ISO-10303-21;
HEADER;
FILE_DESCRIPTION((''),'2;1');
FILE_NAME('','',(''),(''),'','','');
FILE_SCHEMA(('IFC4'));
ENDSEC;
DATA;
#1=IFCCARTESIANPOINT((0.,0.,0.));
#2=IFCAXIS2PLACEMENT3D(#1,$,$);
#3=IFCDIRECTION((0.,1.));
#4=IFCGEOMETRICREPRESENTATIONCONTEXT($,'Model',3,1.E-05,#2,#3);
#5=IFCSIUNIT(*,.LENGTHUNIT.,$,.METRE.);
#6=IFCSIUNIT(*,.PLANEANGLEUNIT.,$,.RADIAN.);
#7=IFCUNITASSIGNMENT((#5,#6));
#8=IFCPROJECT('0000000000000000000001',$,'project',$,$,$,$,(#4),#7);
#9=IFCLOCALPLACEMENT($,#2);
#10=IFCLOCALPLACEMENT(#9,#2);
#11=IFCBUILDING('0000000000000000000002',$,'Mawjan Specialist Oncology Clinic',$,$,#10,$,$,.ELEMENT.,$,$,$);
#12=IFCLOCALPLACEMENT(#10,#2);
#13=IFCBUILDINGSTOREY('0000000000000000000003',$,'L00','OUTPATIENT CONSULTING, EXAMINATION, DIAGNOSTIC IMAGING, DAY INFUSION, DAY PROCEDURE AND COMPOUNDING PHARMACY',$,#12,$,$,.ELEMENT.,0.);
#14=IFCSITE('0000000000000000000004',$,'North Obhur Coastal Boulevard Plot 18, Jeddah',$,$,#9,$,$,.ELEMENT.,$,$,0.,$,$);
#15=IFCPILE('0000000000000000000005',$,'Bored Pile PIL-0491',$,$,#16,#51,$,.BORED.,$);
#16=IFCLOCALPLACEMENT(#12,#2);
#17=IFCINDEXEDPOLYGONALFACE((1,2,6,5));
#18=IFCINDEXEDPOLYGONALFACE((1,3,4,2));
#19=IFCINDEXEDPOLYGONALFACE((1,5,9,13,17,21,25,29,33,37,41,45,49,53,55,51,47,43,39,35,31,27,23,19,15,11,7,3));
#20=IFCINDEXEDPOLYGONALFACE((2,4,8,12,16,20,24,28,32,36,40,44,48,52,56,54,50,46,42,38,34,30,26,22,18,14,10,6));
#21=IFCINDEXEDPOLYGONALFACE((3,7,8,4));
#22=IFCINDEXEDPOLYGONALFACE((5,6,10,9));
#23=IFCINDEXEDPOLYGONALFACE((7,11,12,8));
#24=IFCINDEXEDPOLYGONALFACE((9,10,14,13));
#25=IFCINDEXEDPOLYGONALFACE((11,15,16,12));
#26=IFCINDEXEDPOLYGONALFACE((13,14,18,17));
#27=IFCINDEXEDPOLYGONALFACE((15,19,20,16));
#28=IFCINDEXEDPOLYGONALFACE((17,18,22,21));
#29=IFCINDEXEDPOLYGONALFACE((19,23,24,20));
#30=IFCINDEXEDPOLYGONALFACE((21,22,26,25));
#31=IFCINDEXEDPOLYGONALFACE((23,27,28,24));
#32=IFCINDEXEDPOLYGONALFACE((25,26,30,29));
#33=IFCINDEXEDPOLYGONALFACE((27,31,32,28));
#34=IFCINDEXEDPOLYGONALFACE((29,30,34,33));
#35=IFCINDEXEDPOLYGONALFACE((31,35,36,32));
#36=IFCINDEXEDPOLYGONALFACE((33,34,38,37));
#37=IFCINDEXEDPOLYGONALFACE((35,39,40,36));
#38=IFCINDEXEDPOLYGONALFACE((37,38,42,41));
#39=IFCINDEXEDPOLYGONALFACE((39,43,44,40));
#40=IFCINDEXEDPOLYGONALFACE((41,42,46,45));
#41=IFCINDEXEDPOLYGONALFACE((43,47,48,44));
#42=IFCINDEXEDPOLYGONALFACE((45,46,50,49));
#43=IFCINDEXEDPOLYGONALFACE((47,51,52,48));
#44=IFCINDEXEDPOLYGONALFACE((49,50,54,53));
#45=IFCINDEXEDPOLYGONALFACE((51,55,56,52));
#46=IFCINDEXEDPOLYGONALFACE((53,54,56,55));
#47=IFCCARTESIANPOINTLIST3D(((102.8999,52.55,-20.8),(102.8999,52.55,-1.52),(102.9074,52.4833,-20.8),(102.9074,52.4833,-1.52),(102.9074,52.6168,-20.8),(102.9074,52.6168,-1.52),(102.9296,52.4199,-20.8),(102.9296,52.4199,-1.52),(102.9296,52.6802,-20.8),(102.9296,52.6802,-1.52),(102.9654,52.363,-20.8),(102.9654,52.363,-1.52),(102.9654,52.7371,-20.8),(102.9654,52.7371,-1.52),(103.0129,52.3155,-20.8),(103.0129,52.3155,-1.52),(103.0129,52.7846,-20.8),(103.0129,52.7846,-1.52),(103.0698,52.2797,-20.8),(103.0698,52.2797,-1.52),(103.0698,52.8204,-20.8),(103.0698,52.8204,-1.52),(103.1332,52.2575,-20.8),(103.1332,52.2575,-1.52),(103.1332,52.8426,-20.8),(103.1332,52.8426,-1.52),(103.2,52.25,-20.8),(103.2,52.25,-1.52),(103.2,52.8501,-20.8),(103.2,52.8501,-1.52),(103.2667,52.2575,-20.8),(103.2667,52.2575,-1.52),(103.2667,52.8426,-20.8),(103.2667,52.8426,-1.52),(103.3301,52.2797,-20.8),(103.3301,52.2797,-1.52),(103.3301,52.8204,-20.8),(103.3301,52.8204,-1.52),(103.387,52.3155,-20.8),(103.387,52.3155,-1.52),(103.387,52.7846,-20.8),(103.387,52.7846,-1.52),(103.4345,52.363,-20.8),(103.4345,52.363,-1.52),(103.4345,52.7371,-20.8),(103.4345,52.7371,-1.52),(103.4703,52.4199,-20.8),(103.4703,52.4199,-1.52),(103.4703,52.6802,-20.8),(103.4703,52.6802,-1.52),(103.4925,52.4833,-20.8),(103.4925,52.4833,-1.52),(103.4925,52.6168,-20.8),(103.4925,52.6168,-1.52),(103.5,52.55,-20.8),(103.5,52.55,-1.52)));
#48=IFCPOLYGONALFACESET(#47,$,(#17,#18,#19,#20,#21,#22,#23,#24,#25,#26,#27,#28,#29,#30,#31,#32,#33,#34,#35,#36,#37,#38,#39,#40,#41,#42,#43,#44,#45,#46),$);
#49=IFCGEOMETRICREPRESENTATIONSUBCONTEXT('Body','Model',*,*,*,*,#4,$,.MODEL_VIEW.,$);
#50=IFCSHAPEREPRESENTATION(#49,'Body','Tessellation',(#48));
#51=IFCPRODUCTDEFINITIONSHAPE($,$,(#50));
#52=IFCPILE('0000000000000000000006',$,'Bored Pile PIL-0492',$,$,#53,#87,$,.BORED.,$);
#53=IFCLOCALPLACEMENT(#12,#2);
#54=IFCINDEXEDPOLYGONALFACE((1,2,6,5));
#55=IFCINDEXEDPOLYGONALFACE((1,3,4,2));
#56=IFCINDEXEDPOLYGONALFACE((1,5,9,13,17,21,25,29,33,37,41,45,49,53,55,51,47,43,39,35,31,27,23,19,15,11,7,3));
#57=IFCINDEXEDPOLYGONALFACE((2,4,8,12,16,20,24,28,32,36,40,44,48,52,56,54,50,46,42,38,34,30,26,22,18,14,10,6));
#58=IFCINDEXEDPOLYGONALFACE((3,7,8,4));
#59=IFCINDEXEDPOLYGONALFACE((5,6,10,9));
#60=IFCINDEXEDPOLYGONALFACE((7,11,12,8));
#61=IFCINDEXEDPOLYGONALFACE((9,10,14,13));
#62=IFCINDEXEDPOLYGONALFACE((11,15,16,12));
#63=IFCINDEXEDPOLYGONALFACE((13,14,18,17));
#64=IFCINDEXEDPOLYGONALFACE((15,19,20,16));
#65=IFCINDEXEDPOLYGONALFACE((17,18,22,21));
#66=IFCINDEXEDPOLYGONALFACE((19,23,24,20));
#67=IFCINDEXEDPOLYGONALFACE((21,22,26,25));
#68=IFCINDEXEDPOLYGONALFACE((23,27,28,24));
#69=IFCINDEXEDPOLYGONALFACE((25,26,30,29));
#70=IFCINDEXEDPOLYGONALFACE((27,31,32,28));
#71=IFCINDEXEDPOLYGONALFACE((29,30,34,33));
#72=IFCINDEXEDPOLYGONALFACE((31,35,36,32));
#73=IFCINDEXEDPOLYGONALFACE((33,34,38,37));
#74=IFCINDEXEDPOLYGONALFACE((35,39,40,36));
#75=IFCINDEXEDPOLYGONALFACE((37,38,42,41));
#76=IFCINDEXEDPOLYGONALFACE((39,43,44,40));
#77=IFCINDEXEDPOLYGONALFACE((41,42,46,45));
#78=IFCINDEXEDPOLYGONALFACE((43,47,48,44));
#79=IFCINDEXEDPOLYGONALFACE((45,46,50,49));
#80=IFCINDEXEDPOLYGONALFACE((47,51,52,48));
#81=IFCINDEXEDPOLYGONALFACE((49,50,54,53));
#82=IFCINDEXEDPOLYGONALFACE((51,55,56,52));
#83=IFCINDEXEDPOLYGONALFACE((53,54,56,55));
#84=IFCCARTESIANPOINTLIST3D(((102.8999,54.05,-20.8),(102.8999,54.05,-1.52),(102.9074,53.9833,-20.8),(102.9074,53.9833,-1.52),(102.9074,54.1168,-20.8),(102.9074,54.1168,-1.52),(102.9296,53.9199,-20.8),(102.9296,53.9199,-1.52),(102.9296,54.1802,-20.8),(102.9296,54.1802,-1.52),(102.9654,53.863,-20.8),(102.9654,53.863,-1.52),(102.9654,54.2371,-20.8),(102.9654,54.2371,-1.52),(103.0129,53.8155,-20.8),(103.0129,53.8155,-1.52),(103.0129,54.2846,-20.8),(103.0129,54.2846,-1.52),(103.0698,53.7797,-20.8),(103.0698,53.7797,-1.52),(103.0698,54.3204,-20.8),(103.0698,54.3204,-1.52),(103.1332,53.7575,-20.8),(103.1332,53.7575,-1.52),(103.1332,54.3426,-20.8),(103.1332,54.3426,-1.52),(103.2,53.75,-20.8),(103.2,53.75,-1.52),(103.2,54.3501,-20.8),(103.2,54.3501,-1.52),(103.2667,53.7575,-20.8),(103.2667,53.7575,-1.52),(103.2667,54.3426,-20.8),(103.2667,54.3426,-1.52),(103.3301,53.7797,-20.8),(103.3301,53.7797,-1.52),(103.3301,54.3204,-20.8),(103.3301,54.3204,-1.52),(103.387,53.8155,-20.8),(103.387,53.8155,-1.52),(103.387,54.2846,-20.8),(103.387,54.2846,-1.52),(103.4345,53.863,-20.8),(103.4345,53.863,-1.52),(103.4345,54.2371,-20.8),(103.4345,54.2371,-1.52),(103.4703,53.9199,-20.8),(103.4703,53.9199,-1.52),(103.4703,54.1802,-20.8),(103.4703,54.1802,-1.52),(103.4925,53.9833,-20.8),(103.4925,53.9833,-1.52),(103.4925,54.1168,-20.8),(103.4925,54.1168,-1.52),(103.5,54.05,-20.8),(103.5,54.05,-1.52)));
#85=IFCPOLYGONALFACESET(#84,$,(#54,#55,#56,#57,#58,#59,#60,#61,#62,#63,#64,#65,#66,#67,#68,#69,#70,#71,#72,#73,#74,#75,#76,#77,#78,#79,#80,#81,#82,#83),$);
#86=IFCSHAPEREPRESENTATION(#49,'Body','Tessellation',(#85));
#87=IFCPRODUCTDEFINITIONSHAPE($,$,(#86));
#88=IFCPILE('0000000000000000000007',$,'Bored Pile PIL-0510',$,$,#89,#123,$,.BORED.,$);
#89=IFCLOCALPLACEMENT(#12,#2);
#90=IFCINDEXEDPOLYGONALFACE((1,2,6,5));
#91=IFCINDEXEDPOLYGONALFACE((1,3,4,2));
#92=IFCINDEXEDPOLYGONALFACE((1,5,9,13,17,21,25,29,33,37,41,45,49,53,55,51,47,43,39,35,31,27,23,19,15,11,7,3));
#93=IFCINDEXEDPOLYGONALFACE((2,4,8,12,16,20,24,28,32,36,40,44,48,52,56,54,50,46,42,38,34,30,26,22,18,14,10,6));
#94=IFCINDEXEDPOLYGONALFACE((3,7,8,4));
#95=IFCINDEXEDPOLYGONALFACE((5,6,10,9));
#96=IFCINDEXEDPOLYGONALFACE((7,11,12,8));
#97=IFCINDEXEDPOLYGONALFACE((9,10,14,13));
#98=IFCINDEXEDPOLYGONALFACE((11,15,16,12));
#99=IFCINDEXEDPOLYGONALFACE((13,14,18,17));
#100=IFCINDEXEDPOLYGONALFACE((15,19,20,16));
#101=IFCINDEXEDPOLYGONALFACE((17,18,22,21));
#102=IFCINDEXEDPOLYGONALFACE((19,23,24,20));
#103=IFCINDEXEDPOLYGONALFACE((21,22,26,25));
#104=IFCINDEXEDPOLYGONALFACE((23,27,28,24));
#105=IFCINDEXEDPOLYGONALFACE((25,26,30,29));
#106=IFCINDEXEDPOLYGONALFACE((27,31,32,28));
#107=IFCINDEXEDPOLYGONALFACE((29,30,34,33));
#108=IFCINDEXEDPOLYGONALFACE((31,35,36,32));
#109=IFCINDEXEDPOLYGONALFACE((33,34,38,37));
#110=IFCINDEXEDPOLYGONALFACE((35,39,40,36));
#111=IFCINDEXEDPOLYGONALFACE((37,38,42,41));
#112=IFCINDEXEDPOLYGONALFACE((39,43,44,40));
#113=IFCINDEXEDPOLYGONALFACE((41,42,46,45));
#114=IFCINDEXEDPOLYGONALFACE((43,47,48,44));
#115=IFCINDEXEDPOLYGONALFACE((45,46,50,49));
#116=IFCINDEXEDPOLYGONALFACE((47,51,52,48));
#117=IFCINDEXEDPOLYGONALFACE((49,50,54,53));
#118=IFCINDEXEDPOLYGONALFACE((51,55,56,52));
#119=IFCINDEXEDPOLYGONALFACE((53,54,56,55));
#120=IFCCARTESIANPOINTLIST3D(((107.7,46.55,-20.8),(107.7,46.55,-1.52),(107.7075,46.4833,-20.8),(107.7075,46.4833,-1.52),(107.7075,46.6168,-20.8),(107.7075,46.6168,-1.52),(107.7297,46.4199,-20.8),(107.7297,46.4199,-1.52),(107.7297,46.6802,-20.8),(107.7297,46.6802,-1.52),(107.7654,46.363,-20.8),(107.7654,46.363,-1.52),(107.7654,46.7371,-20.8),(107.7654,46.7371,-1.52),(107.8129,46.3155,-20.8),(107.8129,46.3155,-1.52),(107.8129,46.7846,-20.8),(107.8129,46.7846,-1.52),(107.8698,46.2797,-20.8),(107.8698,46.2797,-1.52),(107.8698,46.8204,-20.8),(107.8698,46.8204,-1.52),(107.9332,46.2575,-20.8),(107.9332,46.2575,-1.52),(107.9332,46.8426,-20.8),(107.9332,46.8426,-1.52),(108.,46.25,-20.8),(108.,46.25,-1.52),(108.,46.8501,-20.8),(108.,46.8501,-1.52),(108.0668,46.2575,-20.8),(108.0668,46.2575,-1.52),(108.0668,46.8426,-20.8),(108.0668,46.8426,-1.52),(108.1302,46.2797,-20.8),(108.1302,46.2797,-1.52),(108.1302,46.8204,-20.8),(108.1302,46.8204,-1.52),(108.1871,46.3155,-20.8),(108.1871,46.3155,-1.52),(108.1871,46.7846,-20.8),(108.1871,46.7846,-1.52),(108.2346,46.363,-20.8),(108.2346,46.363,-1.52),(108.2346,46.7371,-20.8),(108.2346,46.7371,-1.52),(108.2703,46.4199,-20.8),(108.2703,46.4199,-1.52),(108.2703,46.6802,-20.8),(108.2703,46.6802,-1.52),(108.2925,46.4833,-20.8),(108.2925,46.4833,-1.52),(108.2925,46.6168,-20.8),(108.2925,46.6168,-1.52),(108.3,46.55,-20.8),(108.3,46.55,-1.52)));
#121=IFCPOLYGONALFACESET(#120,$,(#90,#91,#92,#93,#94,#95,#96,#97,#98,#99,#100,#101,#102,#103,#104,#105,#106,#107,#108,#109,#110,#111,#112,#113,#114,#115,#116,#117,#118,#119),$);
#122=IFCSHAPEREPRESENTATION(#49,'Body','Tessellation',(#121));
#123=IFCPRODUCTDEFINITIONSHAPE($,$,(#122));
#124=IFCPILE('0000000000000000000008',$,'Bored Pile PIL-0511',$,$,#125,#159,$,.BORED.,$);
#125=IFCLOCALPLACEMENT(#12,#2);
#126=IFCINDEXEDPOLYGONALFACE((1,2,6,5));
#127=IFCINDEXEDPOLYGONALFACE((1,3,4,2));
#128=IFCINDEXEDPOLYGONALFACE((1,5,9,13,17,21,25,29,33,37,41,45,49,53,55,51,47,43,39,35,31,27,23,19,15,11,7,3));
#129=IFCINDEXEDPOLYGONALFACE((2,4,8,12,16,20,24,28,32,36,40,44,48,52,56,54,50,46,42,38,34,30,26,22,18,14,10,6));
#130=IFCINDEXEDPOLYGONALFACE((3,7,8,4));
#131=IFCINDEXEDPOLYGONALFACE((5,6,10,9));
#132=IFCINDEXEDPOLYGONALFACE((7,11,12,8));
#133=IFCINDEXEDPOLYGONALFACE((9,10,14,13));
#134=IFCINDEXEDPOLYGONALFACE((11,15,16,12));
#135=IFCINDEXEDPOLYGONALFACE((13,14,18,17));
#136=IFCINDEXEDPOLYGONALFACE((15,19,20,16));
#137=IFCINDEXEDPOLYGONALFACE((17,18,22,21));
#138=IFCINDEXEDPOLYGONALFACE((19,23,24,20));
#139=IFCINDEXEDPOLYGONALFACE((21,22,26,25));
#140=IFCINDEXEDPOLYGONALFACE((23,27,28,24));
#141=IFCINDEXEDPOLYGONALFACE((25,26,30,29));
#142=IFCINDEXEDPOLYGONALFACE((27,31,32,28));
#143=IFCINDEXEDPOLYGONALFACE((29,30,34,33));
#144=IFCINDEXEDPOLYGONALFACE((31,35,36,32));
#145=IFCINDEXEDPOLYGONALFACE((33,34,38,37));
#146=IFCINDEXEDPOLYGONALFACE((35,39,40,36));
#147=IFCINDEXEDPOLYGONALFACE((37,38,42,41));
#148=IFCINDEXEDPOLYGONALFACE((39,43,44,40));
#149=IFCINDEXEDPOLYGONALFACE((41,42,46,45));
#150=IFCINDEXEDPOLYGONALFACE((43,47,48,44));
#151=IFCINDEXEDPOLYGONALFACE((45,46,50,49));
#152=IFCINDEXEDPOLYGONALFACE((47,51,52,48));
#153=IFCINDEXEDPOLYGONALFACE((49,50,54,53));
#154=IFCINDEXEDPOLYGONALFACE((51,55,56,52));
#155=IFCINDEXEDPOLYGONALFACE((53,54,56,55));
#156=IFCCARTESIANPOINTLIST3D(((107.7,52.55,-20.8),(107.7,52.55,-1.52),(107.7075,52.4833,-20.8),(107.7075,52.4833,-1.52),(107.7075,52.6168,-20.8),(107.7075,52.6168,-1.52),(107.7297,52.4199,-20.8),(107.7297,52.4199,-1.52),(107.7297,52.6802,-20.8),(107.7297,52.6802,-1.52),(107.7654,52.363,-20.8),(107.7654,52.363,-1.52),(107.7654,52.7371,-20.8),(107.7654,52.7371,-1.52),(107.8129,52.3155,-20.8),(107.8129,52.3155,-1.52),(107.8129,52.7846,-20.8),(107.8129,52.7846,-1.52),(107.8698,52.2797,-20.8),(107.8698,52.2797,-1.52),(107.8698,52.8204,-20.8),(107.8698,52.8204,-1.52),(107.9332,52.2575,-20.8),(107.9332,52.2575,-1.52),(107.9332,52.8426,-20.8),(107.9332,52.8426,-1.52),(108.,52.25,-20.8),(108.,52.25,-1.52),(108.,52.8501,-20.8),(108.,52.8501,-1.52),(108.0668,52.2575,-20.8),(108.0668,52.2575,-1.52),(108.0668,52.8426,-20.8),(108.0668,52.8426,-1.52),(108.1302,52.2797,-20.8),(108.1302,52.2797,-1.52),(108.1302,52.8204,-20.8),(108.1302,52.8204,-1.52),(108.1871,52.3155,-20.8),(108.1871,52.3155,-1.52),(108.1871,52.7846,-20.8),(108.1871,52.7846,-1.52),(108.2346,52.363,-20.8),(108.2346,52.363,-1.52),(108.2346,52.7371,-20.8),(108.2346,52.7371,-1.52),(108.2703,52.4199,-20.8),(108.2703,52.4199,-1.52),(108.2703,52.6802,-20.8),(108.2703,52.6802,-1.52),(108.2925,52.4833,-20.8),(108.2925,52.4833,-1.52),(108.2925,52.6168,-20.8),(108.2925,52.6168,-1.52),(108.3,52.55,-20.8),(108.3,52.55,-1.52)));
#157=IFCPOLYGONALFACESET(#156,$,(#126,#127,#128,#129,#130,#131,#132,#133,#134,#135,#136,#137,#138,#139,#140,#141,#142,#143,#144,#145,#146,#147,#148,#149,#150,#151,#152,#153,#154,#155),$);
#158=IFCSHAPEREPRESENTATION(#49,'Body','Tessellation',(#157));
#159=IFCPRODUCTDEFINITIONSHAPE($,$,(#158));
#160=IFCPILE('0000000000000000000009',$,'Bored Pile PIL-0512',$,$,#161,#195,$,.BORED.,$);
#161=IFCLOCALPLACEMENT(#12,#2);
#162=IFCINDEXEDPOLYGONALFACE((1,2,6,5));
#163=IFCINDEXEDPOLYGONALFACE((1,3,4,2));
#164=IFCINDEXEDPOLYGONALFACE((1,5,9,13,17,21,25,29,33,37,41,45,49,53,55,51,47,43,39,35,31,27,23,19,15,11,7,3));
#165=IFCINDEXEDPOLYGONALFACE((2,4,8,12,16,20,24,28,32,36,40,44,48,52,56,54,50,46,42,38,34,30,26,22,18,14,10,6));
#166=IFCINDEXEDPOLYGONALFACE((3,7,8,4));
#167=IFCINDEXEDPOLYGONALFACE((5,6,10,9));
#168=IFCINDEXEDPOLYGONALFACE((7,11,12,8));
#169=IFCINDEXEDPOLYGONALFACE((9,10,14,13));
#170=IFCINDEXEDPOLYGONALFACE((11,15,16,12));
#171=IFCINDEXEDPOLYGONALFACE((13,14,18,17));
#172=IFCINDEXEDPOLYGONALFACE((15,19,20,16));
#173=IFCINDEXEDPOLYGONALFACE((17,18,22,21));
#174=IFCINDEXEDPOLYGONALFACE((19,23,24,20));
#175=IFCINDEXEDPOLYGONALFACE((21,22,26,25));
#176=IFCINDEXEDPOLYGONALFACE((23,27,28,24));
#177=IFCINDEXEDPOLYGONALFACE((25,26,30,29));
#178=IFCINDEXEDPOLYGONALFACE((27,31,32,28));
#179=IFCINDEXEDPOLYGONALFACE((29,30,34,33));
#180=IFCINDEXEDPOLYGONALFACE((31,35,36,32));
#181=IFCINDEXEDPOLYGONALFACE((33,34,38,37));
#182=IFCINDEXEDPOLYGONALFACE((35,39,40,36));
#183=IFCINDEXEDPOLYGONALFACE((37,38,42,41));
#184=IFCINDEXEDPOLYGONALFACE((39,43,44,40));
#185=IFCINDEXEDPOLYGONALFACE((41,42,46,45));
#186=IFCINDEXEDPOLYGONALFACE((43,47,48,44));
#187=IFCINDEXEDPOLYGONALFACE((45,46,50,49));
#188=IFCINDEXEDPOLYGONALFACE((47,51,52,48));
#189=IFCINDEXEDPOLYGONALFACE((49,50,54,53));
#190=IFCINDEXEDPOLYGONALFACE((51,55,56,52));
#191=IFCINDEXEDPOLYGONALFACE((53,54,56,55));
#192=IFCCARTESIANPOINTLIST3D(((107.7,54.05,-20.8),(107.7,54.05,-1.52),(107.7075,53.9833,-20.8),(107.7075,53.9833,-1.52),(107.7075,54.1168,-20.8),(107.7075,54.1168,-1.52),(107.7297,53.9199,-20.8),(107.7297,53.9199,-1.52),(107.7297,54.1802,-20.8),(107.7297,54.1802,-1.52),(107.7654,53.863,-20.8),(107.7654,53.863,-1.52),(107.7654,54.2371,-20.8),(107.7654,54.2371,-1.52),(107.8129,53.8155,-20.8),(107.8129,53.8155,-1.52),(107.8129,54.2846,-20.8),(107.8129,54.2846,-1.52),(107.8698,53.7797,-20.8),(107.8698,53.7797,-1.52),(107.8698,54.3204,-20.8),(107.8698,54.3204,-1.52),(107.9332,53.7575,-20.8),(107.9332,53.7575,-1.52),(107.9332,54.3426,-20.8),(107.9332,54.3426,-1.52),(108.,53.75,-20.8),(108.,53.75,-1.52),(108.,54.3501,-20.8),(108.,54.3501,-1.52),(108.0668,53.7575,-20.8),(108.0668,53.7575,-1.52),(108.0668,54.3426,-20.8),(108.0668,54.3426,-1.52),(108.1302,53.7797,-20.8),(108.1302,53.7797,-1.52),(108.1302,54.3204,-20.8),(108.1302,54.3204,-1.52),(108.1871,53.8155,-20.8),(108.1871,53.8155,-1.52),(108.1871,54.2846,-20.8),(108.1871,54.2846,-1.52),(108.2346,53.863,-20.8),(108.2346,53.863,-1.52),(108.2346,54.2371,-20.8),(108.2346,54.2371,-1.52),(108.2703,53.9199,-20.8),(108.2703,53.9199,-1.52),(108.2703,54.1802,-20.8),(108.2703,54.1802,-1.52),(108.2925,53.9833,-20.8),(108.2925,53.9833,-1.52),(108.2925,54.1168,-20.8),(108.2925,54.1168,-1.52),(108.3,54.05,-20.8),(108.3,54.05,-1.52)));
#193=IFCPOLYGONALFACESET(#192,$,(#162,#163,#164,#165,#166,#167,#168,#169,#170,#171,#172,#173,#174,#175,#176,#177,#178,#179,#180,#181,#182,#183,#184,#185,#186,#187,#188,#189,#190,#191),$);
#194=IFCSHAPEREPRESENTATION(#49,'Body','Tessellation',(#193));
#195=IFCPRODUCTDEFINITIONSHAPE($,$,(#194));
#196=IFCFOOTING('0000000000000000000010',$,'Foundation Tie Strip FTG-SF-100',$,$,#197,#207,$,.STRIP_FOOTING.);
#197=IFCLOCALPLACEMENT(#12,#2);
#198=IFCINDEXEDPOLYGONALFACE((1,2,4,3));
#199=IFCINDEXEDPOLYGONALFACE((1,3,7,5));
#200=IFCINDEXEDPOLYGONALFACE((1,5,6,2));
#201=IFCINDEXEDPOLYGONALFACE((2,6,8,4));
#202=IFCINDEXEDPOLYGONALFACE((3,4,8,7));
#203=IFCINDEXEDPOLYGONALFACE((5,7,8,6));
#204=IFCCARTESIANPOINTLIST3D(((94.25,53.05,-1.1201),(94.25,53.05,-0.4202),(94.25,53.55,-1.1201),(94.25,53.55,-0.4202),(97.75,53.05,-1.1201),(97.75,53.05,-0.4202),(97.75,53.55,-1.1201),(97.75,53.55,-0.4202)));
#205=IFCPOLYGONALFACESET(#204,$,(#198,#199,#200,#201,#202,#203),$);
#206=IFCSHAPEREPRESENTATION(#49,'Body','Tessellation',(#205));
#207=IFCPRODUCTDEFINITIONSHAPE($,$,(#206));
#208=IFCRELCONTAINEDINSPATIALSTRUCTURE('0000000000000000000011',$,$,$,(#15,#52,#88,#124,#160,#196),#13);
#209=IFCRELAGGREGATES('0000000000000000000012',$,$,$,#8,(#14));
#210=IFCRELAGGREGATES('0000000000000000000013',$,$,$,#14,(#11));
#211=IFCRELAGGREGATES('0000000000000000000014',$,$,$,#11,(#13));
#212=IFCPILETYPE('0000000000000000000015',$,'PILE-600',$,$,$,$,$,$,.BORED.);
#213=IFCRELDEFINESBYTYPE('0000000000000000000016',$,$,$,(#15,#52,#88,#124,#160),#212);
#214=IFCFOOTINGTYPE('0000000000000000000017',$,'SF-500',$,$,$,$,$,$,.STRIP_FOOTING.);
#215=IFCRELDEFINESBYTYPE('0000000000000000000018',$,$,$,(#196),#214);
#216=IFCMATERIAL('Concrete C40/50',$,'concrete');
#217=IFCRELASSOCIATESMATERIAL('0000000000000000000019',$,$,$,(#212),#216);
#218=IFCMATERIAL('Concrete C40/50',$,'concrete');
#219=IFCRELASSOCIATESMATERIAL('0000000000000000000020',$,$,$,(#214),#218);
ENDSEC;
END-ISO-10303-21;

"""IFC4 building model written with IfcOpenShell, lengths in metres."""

from ifc_helpers import new_model, si_unit, direction, frame, origin, origin_2d, place, context, subcontext, project, spatial, rectangle, circle, extrude, material, material_profile, profile_set, type_object, element, save


model = new_model("IFC4")

# Units and contexts
model_context = context("Model", 3, precision=1e-05, world=origin(), true_north=direction((0.0, 1.0)))
body_context = subcontext(model_context, "Body", "Model", "MODEL_VIEW")
ifc_project = project(units=[si_unit("LENGTHUNIT", "METRE"), si_unit("PLANEANGLEUNIT", "RADIAN")], contexts=[model_context])

# Site, building, storey
site_placement = place(None, origin())
site = spatial("IfcSite", under=ifc_project, at=site_placement, Name="North Obhur Coastal Boulevard Plot 18, Jeddah", CompositionType="ELEMENT", RefElevation=0.0)
building_placement = place(site_placement, origin())
building = spatial("IfcBuilding", under=site, at=building_placement, Name="Mawjan Specialist Oncology Clinic", CompositionType="ELEMENT")
storey_placement = place(building_placement, origin())
storey = spatial("IfcBuildingStorey", under=building, at=storey_placement, Name="L00", Description="OUTPATIENT CONSULTING, EXAMINATION, DIAGNOSTIC IMAGING, DAY INFUSION, DAY PROCEDURE AND COMPOUNDING PHARMACY", CompositionType="ELEMENT", Elevation=0.0)

# Piles
ifc_material_1 = material(Name="Concrete C40/50", Category="concrete")
ifc_material_profile_1 = material_profile(ifc_material_1, circle(Radius=0.3, at=origin_2d()), Name="BORED PILE D600", Category="concrete")
ifc_profile_set_1 = profile_set([ifc_material_profile_1], Name="Concrete C40/50")
pile_type = type_object("IfcPileType", Name="PILE-600", PredefinedType="BORED", material=ifc_profile_set_1)
for number, where, z_axis, x_axis, name in (
    (1, (103.2, 52.55, -1.52), (0.0, 0.0, -1.0), (1.0, 0.0, 0.0), "Bored Pile PIL-0491"),
    (2, (103.2, 54.05, -1.52), (0.0, 0.0, -1.0), (1.0, 0.0, 0.0), "Bored Pile PIL-0492"),
    (3, (108.0, 46.55, -1.52), (0.0, 0.0, -1.0), (1.0, 0.0, 0.0), "Bored Pile PIL-0510"),
    (4, (108.0, 52.55, -1.52), (0.0, 0.0, -1.0), (1.0, 0.0, 0.0), "Bored Pile PIL-0511"),
    (5, (108.0, 54.05, -1.52), (0.0, 0.0, -1.0), (1.0, 0.0, 0.0), "Bored Pile PIL-0512"),
):
    element("IfcPile", number, at=place(storey_placement, frame(where, z_axis=z_axis, x_axis=x_axis)), inside=storey, type_object=pile_type, Name=name, PredefinedType="BORED", context=body_context, shape_type="SweptSolid", body=[
        extrude(circle(Radius=0.3, at=origin_2d()), origin(), (0.0, 0.0, 1.0), 19.28),
    ])

# Footing
ifc_material_2 = material(Name="Concrete C40/50", Category="concrete")
footing_type_1 = type_object("IfcFootingType", Name="SF-500", PredefinedType="STRIP_FOOTING", material=ifc_material_2)
for number, where, z_axis, x_axis, name in (
    (6, (96.0, 53.3, -1.1201), (0.0, 0.0, 1.0), (1.0, 0.0, 0.0), "Foundation Tie Strip FTG-SF-100"),
):
    element("IfcFooting", number, at=place(storey_placement, frame(where, z_axis=z_axis, x_axis=x_axis)), inside=storey, type_object=footing_type_1, Name=name, PredefinedType="STRIP_FOOTING", context=body_context, shape_type="SweptSolid", body=[
        extrude(rectangle(XDim=3.5, YDim=0.5, at=origin_2d()), origin(), (0.0, 0.0, 1.0), 0.7),
    ])

save(model, "model.ifc")
